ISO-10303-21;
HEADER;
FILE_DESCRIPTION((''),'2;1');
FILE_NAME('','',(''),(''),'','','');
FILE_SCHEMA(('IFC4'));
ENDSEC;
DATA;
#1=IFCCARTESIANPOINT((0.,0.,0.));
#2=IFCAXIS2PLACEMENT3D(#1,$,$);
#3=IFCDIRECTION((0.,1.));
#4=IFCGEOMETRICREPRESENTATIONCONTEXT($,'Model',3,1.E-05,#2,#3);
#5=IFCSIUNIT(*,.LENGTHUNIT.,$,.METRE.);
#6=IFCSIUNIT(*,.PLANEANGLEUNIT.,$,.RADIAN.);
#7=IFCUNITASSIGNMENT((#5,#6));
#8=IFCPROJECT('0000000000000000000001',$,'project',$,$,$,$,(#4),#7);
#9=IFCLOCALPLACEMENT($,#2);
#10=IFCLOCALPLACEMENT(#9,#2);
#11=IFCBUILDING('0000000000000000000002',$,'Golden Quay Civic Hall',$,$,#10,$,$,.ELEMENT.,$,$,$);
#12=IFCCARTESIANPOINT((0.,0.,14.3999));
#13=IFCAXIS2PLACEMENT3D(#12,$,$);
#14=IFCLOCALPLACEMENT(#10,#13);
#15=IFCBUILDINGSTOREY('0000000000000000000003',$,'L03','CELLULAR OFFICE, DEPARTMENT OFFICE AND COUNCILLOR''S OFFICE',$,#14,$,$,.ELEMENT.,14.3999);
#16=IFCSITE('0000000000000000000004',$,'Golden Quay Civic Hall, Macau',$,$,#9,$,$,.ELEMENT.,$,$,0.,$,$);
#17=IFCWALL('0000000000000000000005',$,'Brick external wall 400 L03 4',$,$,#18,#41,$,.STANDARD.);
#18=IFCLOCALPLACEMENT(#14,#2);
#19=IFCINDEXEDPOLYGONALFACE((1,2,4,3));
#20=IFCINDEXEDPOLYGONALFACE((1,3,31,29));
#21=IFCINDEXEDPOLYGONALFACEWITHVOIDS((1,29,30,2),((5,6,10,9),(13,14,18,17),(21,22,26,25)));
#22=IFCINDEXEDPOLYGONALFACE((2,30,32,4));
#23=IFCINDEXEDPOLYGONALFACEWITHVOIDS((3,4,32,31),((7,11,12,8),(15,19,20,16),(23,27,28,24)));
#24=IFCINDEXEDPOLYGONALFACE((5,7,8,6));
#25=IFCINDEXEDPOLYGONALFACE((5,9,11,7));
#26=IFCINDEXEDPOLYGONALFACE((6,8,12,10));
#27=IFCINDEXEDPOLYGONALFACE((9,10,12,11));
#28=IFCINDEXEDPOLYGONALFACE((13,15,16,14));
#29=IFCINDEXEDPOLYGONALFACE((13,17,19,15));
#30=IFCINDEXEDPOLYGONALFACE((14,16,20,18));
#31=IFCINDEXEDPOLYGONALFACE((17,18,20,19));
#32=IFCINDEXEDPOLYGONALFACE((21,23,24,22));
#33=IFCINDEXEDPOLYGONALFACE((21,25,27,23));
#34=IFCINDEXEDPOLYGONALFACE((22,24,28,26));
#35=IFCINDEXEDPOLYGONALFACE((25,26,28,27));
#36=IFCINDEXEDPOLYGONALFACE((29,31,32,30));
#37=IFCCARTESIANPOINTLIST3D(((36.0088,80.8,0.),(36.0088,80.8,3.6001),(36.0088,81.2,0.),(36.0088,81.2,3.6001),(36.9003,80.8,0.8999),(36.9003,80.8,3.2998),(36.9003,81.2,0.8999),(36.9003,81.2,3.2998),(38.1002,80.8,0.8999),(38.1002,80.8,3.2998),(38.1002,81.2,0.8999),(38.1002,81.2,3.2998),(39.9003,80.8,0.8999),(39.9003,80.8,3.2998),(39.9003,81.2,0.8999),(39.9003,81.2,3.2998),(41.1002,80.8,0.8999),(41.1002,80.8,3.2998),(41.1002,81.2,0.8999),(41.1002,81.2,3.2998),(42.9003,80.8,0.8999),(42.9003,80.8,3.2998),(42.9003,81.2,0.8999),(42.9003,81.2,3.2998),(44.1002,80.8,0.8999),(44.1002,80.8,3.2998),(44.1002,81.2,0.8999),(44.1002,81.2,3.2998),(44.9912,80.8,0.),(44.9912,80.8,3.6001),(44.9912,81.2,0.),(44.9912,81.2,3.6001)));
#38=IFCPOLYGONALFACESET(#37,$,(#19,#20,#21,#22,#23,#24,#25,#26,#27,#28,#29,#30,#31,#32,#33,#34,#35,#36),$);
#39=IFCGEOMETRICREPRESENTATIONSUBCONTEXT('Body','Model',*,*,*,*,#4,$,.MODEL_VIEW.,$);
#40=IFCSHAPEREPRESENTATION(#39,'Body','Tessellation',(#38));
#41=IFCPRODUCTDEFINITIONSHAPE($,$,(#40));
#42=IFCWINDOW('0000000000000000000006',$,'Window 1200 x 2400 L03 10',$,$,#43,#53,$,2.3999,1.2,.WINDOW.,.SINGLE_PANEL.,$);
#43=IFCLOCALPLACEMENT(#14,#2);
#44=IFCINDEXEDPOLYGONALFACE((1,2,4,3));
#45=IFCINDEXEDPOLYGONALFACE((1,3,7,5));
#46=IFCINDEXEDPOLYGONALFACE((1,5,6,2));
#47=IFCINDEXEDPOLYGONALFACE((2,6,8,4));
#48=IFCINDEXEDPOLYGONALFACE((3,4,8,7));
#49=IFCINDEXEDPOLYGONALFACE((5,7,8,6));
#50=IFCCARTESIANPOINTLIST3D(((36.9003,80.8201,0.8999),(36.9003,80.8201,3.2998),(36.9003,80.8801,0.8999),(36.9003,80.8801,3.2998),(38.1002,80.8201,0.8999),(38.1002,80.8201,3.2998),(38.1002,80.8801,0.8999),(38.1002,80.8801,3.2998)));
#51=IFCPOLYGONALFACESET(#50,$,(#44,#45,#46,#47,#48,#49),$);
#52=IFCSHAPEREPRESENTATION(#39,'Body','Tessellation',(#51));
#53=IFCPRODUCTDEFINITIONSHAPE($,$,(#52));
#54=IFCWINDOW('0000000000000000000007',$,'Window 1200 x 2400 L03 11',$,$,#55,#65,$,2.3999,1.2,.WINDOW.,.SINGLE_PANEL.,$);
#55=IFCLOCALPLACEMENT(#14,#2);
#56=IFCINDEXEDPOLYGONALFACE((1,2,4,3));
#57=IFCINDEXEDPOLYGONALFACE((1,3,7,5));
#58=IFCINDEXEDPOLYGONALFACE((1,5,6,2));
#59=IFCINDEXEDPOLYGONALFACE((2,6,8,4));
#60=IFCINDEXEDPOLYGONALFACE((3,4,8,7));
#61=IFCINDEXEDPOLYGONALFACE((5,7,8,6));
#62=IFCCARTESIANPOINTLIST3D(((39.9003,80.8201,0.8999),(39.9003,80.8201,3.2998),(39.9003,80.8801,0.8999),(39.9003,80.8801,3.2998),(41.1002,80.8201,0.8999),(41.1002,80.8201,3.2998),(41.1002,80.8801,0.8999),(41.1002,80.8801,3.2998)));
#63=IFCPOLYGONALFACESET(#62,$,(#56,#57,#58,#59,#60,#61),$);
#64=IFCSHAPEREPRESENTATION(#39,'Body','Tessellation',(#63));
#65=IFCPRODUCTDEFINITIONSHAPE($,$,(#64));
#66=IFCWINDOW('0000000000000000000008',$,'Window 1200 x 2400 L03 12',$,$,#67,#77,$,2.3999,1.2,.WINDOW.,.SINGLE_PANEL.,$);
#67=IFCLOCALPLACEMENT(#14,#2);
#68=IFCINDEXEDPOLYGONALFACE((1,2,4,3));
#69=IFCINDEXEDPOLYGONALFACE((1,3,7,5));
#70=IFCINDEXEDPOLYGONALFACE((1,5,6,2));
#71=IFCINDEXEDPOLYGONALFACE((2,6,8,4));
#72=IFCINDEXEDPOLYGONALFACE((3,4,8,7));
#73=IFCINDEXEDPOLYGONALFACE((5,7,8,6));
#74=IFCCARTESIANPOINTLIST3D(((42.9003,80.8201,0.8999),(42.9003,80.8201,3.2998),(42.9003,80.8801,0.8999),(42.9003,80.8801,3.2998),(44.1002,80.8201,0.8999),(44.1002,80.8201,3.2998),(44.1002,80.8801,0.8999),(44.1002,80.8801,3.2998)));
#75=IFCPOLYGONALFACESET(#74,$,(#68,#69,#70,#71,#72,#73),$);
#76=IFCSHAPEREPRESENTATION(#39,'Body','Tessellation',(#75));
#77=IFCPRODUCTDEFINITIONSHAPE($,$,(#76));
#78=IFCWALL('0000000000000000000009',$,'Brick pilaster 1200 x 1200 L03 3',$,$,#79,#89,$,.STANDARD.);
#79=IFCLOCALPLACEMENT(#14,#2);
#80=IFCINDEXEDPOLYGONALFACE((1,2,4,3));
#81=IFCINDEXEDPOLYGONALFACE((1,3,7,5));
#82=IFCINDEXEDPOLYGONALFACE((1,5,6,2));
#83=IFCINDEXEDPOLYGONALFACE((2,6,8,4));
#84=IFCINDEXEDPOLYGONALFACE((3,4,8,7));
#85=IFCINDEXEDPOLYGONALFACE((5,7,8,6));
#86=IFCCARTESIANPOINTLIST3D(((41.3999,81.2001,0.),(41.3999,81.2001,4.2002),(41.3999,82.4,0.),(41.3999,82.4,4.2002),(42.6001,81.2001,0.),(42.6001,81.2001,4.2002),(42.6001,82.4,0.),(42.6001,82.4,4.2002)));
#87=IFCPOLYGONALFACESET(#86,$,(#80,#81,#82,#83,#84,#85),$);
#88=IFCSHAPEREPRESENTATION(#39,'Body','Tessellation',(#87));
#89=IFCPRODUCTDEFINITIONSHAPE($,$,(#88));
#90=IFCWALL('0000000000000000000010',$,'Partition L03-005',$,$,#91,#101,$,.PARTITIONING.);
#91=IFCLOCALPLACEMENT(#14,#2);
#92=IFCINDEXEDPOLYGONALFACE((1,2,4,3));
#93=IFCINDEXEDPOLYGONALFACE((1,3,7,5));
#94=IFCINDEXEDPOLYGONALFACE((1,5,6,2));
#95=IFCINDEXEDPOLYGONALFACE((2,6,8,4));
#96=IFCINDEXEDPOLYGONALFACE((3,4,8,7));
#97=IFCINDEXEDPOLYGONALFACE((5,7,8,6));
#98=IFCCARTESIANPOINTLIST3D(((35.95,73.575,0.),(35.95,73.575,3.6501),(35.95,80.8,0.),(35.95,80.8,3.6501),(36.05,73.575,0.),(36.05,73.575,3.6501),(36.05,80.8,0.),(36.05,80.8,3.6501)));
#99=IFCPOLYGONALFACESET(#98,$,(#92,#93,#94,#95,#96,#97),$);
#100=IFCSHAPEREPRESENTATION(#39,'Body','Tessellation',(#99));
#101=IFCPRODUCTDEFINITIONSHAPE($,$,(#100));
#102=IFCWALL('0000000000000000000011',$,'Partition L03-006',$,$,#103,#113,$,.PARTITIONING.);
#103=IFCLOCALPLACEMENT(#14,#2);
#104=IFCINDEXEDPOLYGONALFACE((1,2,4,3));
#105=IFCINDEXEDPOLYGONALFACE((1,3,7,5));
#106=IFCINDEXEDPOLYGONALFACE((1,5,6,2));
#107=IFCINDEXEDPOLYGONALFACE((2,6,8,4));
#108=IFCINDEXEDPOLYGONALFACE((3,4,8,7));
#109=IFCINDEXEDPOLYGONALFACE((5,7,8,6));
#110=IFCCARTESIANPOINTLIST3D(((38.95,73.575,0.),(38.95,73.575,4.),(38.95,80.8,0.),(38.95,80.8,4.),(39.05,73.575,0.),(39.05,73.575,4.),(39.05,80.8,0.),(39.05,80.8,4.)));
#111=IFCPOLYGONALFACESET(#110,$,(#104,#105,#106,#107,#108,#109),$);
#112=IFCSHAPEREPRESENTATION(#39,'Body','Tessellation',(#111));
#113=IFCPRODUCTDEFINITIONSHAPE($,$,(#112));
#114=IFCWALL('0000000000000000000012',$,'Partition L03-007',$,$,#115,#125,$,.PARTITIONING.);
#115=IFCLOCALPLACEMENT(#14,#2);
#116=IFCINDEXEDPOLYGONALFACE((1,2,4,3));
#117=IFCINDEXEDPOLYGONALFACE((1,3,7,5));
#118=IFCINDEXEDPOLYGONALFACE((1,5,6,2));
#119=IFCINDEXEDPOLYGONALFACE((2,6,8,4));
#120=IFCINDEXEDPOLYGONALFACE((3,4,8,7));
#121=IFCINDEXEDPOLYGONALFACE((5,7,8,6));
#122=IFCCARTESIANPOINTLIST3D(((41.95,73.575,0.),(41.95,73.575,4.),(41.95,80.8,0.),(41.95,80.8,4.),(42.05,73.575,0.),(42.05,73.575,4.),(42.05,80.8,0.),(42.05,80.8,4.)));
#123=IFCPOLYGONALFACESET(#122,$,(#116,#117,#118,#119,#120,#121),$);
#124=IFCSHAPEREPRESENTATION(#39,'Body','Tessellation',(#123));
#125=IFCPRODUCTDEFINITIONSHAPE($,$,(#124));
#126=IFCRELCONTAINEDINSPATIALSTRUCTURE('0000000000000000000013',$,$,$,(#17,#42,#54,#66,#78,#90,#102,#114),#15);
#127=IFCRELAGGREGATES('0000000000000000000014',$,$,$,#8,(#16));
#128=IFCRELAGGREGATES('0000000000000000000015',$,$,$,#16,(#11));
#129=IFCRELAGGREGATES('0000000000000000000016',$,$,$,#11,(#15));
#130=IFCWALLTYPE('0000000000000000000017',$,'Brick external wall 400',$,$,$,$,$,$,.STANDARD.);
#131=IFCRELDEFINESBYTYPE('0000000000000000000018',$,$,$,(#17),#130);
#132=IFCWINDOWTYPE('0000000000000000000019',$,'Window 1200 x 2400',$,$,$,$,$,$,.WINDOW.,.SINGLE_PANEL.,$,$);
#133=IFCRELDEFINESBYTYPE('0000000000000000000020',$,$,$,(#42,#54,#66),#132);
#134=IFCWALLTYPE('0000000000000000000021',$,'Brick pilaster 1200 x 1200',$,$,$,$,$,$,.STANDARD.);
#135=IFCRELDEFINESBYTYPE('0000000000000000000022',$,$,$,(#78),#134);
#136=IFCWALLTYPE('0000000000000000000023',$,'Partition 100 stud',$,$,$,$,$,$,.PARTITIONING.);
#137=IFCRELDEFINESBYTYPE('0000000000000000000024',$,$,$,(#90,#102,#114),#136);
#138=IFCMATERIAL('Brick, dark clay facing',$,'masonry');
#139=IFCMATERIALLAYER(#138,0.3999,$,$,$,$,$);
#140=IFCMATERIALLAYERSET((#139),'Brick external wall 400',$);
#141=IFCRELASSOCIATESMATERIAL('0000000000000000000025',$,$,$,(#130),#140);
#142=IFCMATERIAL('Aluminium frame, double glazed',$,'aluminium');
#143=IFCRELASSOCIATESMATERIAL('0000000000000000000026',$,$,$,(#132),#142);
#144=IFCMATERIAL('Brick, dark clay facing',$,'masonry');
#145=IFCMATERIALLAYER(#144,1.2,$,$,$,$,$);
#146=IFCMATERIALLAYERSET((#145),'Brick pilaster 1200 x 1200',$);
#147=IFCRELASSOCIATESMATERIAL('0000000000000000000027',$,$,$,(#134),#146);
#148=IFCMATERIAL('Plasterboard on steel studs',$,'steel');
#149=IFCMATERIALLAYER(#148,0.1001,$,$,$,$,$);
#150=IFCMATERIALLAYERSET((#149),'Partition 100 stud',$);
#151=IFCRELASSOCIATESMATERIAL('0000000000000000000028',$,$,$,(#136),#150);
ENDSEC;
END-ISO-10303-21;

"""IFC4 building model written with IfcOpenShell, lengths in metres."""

from ifc_helpers import new_model, si_unit, direction, frame, frame_2d, origin, place, context, subcontext, project, spatial, rectangle, extrude, material, layer, layer_set, type_object, element, fill, save


model = new_model("IFC4")

# Units and contexts
model_context = context("Model", 3, precision=1e-05, world=origin(), true_north=direction((0.0, 1.0)))
body_context = subcontext(model_context, "Body", "Model", "MODEL_VIEW")
ifc_project = project(units=[si_unit("LENGTHUNIT", "METRE"), si_unit("PLANEANGLEUNIT", "RADIAN")], contexts=[model_context])

# Site, building, storey
site_placement = place(None, origin())
site = spatial("IfcSite", under=ifc_project, at=site_placement, Name="Golden Quay Civic Hall, Macau", CompositionType="ELEMENT", RefElevation=0.0)
building_placement = place(site_placement, origin())
building = spatial("IfcBuilding", under=site, at=building_placement, Name="Golden Quay Civic Hall", CompositionType="ELEMENT")
storey_placement = place(building_placement, frame((0.0, 0.0, 14.3999)))
storey = spatial("IfcBuildingStorey", under=building, at=storey_placement, Name="L03", Description="CELLULAR OFFICE, DEPARTMENT OFFICE AND COUNCILLOR'S OFFICE", CompositionType="ELEMENT", Elevation=14.3999)

# Wall, openings, windows
ifc_material_1 = material(Name="Brick, dark clay facing", Category="masonry")
ifc_layer_1 = layer(ifc_material_1, 0.3999)
ifc_layer_set_1 = layer_set([ifc_layer_1], Name="Brick external wall 400")
wall_type_1 = type_object("IfcWallType", Name="Brick external wall 400", PredefinedType="STANDARD", material=ifc_layer_set_1)
wall_1_placement = place(storey_placement, frame((36.0088, 81.0, 0.0), z_axis=(0.0, 0.0, 1.0), x_axis=(1.0, 0.0, 0.0)))
wall_1 = element("IfcWall", 1, at=wall_1_placement, inside=storey, type_object=wall_type_1, Name="Brick external wall 400 L03 4", PredefinedType="STANDARD", context=body_context, shape_type="SweptSolid", body=[
    extrude(rectangle(XDim=8.9824, YDim=0.3999, at=frame_2d((4.4912, 0.0))), origin(), (0.0, 0.0, 1.0), 3.6001),
])
opening_1_placement = place(wall_1_placement, frame((0.8914, 0.0, 0.8999)))
opening_1 = element("IfcOpeningElement", 2, at=opening_1_placement, cuts=wall_1, PredefinedType="OPENING", context=body_context, shape_type="SweptSolid", body=[
    extrude(rectangle(XDim=1.2, YDim=2.3999, at=frame_2d((0.6001, 1.2))), frame((0.0, 0.21, 0.0), z_axis=(0.0, -1.0, 0.0), x_axis=(1.0, 0.0, 0.0)), (0.0, 0.0, 1.0), 0.4199),
])
opening_2_placement = place(wall_1_placement, frame((3.8914, 0.0, 0.8999)))
opening_2 = element("IfcOpeningElement", 3, at=opening_2_placement, cuts=wall_1, PredefinedType="OPENING", context=body_context, shape_type="SweptSolid", body=[
    extrude(rectangle(XDim=1.2, YDim=2.3999, at=frame_2d((0.6001, 1.2))), frame((0.0, 0.21, 0.0), z_axis=(0.0, -1.0, 0.0), x_axis=(1.0, 0.0, 0.0)), (0.0, 0.0, 1.0), 0.4199),
])
opening_3_placement = place(wall_1_placement, frame((6.8914, 0.0, 0.8999)))
opening_3 = element("IfcOpeningElement", 4, at=opening_3_placement, cuts=wall_1, PredefinedType="OPENING", context=body_context, shape_type="SweptSolid", body=[
    extrude(rectangle(XDim=1.2, YDim=2.3999, at=frame_2d((0.6001, 1.2))), frame((0.0, 0.21, 0.0), z_axis=(0.0, -1.0, 0.0), x_axis=(1.0, 0.0, 0.0)), (0.0, 0.0, 1.0), 0.4199),
])
ifc_material_2 = material(Name="Aluminium frame, double glazed", Category="aluminium")
window_type = type_object("IfcWindowType", Name="Window 1200 x 2400", PartitioningType="SINGLE_PANEL", PredefinedType="WINDOW", material=ifc_material_2)
window_1_placement = place(opening_1_placement, origin())
window_1 = element("IfcWindow", 5, at=window_1_placement, inside=storey, type_object=window_type, Name="Window 1200 x 2400 L03 10", OverallHeight=2.3999, OverallWidth=1.2, PartitioningType="SINGLE_PANEL", PredefinedType="WINDOW", context=body_context, shape_type="SweptSolid", body=[
    extrude(rectangle(XDim=1.2, YDim=2.3999, at=frame_2d((0.6001, 1.2))), frame((0.0, -0.1199, 0.0), z_axis=(0.0, -1.0, 0.0), x_axis=(1.0, 0.0, 0.0)), (0.0, 0.0, 1.0), 0.0601),
])
fill(opening_1, window_1)
window_2_placement = place(opening_2_placement, origin())
window_2 = element("IfcWindow", 6, at=window_2_placement, inside=storey, type_object=window_type, Name="Window 1200 x 2400 L03 11", OverallHeight=2.3999, OverallWidth=1.2, PartitioningType="SINGLE_PANEL", PredefinedType="WINDOW", context=body_context, shape_type="SweptSolid", body=[
    extrude(rectangle(XDim=1.2, YDim=2.3999, at=frame_2d((0.6001, 1.2))), frame((0.0, -0.1199, 0.0), z_axis=(0.0, -1.0, 0.0), x_axis=(1.0, 0.0, 0.0)), (0.0, 0.0, 1.0), 0.0601),
])
fill(opening_2, window_2)
window_3_placement = place(opening_3_placement, origin())
window_3 = element("IfcWindow", 7, at=window_3_placement, inside=storey, type_object=window_type, Name="Window 1200 x 2400 L03 12", OverallHeight=2.3999, OverallWidth=1.2, PartitioningType="SINGLE_PANEL", PredefinedType="WINDOW", context=body_context, shape_type="SweptSolid", body=[
    extrude(rectangle(XDim=1.2, YDim=2.3999, at=frame_2d((0.6001, 1.2))), frame((0.0, -0.1199, 0.0), z_axis=(0.0, -1.0, 0.0), x_axis=(1.0, 0.0, 0.0)), (0.0, 0.0, 1.0), 0.0601),
])
fill(opening_3, window_3)

# Walls
ifc_material_3 = material(Name="Brick, dark clay facing", Category="masonry")
ifc_layer_2 = layer(ifc_material_3, 1.2)
ifc_layer_set_2 = layer_set([ifc_layer_2], Name="Brick pilaster 1200 x 1200")
wall_type_2 = type_object("IfcWallType", Name="Brick pilaster 1200 x 1200", PredefinedType="STANDARD", material=ifc_layer_set_2)
wall_2_placement = place(storey_placement, frame((41.3999, 81.8, 0.0), z_axis=(0.0, 0.0, 1.0), x_axis=(1.0, 0.0, 0.0)))
element("IfcWall", 8, at=wall_2_placement, inside=storey, type_object=wall_type_2, Name="Brick pilaster 1200 x 1200 L03 3", PredefinedType="STANDARD", context=body_context, shape_type="SweptSolid", body=[
    extrude(rectangle(XDim=1.2002, YDim=1.2, at=frame_2d((0.6001, 0.0))), origin(), (0.0, 0.0, 1.0), 4.2002),
])
ifc_material_4 = material(Name="Plasterboard on steel studs", Category="steel")
ifc_layer_3 = layer(ifc_material_4, 0.1001)
ifc_layer_set_3 = layer_set([ifc_layer_3], Name="Partition 100 stud")
wall_type_3 = type_object("IfcWallType", Name="Partition 100 stud", PredefinedType="PARTITIONING", material=ifc_layer_set_3)
wall_3_placement = place(storey_placement, frame((36.0, 73.575, 0.0), z_axis=(0.0, 0.0, 1.0), x_axis=(0.0, 1.0, 0.0)))
element("IfcWall", 9, at=wall_3_placement, inside=storey, type_object=wall_type_3, Name="Partition L03-005", PredefinedType="PARTITIONING", context=body_context, shape_type="SweptSolid", body=[
    extrude(rectangle(XDim=7.2251, YDim=0.1001, at=frame_2d((3.6125, 0.0))), origin(), (0.0, 0.0, 1.0), 3.6501),
])
for number, where, z_axis, x_axis, name in (
    (10, (39.0, 73.575, 0.0), (0.0, 0.0, 1.0), (0.0, 1.0, 0.0), "Partition L03-006"),
    (11, (42.0, 73.575, 0.0), (0.0, 0.0, 1.0), (0.0, 1.0, 0.0), "Partition L03-007"),
):
    element("IfcWall", number, at=place(storey_placement, frame(where, z_axis=z_axis, x_axis=x_axis)), inside=storey, type_object=wall_type_3, Name=name, PredefinedType="PARTITIONING", context=body_context, shape_type="SweptSolid", body=[
        extrude(rectangle(XDim=7.2251, YDim=0.1001, at=frame_2d((3.6125, 0.0))), origin(), (0.0, 0.0, 1.0), 4.0),
    ])

save(model, "model.ifc")
